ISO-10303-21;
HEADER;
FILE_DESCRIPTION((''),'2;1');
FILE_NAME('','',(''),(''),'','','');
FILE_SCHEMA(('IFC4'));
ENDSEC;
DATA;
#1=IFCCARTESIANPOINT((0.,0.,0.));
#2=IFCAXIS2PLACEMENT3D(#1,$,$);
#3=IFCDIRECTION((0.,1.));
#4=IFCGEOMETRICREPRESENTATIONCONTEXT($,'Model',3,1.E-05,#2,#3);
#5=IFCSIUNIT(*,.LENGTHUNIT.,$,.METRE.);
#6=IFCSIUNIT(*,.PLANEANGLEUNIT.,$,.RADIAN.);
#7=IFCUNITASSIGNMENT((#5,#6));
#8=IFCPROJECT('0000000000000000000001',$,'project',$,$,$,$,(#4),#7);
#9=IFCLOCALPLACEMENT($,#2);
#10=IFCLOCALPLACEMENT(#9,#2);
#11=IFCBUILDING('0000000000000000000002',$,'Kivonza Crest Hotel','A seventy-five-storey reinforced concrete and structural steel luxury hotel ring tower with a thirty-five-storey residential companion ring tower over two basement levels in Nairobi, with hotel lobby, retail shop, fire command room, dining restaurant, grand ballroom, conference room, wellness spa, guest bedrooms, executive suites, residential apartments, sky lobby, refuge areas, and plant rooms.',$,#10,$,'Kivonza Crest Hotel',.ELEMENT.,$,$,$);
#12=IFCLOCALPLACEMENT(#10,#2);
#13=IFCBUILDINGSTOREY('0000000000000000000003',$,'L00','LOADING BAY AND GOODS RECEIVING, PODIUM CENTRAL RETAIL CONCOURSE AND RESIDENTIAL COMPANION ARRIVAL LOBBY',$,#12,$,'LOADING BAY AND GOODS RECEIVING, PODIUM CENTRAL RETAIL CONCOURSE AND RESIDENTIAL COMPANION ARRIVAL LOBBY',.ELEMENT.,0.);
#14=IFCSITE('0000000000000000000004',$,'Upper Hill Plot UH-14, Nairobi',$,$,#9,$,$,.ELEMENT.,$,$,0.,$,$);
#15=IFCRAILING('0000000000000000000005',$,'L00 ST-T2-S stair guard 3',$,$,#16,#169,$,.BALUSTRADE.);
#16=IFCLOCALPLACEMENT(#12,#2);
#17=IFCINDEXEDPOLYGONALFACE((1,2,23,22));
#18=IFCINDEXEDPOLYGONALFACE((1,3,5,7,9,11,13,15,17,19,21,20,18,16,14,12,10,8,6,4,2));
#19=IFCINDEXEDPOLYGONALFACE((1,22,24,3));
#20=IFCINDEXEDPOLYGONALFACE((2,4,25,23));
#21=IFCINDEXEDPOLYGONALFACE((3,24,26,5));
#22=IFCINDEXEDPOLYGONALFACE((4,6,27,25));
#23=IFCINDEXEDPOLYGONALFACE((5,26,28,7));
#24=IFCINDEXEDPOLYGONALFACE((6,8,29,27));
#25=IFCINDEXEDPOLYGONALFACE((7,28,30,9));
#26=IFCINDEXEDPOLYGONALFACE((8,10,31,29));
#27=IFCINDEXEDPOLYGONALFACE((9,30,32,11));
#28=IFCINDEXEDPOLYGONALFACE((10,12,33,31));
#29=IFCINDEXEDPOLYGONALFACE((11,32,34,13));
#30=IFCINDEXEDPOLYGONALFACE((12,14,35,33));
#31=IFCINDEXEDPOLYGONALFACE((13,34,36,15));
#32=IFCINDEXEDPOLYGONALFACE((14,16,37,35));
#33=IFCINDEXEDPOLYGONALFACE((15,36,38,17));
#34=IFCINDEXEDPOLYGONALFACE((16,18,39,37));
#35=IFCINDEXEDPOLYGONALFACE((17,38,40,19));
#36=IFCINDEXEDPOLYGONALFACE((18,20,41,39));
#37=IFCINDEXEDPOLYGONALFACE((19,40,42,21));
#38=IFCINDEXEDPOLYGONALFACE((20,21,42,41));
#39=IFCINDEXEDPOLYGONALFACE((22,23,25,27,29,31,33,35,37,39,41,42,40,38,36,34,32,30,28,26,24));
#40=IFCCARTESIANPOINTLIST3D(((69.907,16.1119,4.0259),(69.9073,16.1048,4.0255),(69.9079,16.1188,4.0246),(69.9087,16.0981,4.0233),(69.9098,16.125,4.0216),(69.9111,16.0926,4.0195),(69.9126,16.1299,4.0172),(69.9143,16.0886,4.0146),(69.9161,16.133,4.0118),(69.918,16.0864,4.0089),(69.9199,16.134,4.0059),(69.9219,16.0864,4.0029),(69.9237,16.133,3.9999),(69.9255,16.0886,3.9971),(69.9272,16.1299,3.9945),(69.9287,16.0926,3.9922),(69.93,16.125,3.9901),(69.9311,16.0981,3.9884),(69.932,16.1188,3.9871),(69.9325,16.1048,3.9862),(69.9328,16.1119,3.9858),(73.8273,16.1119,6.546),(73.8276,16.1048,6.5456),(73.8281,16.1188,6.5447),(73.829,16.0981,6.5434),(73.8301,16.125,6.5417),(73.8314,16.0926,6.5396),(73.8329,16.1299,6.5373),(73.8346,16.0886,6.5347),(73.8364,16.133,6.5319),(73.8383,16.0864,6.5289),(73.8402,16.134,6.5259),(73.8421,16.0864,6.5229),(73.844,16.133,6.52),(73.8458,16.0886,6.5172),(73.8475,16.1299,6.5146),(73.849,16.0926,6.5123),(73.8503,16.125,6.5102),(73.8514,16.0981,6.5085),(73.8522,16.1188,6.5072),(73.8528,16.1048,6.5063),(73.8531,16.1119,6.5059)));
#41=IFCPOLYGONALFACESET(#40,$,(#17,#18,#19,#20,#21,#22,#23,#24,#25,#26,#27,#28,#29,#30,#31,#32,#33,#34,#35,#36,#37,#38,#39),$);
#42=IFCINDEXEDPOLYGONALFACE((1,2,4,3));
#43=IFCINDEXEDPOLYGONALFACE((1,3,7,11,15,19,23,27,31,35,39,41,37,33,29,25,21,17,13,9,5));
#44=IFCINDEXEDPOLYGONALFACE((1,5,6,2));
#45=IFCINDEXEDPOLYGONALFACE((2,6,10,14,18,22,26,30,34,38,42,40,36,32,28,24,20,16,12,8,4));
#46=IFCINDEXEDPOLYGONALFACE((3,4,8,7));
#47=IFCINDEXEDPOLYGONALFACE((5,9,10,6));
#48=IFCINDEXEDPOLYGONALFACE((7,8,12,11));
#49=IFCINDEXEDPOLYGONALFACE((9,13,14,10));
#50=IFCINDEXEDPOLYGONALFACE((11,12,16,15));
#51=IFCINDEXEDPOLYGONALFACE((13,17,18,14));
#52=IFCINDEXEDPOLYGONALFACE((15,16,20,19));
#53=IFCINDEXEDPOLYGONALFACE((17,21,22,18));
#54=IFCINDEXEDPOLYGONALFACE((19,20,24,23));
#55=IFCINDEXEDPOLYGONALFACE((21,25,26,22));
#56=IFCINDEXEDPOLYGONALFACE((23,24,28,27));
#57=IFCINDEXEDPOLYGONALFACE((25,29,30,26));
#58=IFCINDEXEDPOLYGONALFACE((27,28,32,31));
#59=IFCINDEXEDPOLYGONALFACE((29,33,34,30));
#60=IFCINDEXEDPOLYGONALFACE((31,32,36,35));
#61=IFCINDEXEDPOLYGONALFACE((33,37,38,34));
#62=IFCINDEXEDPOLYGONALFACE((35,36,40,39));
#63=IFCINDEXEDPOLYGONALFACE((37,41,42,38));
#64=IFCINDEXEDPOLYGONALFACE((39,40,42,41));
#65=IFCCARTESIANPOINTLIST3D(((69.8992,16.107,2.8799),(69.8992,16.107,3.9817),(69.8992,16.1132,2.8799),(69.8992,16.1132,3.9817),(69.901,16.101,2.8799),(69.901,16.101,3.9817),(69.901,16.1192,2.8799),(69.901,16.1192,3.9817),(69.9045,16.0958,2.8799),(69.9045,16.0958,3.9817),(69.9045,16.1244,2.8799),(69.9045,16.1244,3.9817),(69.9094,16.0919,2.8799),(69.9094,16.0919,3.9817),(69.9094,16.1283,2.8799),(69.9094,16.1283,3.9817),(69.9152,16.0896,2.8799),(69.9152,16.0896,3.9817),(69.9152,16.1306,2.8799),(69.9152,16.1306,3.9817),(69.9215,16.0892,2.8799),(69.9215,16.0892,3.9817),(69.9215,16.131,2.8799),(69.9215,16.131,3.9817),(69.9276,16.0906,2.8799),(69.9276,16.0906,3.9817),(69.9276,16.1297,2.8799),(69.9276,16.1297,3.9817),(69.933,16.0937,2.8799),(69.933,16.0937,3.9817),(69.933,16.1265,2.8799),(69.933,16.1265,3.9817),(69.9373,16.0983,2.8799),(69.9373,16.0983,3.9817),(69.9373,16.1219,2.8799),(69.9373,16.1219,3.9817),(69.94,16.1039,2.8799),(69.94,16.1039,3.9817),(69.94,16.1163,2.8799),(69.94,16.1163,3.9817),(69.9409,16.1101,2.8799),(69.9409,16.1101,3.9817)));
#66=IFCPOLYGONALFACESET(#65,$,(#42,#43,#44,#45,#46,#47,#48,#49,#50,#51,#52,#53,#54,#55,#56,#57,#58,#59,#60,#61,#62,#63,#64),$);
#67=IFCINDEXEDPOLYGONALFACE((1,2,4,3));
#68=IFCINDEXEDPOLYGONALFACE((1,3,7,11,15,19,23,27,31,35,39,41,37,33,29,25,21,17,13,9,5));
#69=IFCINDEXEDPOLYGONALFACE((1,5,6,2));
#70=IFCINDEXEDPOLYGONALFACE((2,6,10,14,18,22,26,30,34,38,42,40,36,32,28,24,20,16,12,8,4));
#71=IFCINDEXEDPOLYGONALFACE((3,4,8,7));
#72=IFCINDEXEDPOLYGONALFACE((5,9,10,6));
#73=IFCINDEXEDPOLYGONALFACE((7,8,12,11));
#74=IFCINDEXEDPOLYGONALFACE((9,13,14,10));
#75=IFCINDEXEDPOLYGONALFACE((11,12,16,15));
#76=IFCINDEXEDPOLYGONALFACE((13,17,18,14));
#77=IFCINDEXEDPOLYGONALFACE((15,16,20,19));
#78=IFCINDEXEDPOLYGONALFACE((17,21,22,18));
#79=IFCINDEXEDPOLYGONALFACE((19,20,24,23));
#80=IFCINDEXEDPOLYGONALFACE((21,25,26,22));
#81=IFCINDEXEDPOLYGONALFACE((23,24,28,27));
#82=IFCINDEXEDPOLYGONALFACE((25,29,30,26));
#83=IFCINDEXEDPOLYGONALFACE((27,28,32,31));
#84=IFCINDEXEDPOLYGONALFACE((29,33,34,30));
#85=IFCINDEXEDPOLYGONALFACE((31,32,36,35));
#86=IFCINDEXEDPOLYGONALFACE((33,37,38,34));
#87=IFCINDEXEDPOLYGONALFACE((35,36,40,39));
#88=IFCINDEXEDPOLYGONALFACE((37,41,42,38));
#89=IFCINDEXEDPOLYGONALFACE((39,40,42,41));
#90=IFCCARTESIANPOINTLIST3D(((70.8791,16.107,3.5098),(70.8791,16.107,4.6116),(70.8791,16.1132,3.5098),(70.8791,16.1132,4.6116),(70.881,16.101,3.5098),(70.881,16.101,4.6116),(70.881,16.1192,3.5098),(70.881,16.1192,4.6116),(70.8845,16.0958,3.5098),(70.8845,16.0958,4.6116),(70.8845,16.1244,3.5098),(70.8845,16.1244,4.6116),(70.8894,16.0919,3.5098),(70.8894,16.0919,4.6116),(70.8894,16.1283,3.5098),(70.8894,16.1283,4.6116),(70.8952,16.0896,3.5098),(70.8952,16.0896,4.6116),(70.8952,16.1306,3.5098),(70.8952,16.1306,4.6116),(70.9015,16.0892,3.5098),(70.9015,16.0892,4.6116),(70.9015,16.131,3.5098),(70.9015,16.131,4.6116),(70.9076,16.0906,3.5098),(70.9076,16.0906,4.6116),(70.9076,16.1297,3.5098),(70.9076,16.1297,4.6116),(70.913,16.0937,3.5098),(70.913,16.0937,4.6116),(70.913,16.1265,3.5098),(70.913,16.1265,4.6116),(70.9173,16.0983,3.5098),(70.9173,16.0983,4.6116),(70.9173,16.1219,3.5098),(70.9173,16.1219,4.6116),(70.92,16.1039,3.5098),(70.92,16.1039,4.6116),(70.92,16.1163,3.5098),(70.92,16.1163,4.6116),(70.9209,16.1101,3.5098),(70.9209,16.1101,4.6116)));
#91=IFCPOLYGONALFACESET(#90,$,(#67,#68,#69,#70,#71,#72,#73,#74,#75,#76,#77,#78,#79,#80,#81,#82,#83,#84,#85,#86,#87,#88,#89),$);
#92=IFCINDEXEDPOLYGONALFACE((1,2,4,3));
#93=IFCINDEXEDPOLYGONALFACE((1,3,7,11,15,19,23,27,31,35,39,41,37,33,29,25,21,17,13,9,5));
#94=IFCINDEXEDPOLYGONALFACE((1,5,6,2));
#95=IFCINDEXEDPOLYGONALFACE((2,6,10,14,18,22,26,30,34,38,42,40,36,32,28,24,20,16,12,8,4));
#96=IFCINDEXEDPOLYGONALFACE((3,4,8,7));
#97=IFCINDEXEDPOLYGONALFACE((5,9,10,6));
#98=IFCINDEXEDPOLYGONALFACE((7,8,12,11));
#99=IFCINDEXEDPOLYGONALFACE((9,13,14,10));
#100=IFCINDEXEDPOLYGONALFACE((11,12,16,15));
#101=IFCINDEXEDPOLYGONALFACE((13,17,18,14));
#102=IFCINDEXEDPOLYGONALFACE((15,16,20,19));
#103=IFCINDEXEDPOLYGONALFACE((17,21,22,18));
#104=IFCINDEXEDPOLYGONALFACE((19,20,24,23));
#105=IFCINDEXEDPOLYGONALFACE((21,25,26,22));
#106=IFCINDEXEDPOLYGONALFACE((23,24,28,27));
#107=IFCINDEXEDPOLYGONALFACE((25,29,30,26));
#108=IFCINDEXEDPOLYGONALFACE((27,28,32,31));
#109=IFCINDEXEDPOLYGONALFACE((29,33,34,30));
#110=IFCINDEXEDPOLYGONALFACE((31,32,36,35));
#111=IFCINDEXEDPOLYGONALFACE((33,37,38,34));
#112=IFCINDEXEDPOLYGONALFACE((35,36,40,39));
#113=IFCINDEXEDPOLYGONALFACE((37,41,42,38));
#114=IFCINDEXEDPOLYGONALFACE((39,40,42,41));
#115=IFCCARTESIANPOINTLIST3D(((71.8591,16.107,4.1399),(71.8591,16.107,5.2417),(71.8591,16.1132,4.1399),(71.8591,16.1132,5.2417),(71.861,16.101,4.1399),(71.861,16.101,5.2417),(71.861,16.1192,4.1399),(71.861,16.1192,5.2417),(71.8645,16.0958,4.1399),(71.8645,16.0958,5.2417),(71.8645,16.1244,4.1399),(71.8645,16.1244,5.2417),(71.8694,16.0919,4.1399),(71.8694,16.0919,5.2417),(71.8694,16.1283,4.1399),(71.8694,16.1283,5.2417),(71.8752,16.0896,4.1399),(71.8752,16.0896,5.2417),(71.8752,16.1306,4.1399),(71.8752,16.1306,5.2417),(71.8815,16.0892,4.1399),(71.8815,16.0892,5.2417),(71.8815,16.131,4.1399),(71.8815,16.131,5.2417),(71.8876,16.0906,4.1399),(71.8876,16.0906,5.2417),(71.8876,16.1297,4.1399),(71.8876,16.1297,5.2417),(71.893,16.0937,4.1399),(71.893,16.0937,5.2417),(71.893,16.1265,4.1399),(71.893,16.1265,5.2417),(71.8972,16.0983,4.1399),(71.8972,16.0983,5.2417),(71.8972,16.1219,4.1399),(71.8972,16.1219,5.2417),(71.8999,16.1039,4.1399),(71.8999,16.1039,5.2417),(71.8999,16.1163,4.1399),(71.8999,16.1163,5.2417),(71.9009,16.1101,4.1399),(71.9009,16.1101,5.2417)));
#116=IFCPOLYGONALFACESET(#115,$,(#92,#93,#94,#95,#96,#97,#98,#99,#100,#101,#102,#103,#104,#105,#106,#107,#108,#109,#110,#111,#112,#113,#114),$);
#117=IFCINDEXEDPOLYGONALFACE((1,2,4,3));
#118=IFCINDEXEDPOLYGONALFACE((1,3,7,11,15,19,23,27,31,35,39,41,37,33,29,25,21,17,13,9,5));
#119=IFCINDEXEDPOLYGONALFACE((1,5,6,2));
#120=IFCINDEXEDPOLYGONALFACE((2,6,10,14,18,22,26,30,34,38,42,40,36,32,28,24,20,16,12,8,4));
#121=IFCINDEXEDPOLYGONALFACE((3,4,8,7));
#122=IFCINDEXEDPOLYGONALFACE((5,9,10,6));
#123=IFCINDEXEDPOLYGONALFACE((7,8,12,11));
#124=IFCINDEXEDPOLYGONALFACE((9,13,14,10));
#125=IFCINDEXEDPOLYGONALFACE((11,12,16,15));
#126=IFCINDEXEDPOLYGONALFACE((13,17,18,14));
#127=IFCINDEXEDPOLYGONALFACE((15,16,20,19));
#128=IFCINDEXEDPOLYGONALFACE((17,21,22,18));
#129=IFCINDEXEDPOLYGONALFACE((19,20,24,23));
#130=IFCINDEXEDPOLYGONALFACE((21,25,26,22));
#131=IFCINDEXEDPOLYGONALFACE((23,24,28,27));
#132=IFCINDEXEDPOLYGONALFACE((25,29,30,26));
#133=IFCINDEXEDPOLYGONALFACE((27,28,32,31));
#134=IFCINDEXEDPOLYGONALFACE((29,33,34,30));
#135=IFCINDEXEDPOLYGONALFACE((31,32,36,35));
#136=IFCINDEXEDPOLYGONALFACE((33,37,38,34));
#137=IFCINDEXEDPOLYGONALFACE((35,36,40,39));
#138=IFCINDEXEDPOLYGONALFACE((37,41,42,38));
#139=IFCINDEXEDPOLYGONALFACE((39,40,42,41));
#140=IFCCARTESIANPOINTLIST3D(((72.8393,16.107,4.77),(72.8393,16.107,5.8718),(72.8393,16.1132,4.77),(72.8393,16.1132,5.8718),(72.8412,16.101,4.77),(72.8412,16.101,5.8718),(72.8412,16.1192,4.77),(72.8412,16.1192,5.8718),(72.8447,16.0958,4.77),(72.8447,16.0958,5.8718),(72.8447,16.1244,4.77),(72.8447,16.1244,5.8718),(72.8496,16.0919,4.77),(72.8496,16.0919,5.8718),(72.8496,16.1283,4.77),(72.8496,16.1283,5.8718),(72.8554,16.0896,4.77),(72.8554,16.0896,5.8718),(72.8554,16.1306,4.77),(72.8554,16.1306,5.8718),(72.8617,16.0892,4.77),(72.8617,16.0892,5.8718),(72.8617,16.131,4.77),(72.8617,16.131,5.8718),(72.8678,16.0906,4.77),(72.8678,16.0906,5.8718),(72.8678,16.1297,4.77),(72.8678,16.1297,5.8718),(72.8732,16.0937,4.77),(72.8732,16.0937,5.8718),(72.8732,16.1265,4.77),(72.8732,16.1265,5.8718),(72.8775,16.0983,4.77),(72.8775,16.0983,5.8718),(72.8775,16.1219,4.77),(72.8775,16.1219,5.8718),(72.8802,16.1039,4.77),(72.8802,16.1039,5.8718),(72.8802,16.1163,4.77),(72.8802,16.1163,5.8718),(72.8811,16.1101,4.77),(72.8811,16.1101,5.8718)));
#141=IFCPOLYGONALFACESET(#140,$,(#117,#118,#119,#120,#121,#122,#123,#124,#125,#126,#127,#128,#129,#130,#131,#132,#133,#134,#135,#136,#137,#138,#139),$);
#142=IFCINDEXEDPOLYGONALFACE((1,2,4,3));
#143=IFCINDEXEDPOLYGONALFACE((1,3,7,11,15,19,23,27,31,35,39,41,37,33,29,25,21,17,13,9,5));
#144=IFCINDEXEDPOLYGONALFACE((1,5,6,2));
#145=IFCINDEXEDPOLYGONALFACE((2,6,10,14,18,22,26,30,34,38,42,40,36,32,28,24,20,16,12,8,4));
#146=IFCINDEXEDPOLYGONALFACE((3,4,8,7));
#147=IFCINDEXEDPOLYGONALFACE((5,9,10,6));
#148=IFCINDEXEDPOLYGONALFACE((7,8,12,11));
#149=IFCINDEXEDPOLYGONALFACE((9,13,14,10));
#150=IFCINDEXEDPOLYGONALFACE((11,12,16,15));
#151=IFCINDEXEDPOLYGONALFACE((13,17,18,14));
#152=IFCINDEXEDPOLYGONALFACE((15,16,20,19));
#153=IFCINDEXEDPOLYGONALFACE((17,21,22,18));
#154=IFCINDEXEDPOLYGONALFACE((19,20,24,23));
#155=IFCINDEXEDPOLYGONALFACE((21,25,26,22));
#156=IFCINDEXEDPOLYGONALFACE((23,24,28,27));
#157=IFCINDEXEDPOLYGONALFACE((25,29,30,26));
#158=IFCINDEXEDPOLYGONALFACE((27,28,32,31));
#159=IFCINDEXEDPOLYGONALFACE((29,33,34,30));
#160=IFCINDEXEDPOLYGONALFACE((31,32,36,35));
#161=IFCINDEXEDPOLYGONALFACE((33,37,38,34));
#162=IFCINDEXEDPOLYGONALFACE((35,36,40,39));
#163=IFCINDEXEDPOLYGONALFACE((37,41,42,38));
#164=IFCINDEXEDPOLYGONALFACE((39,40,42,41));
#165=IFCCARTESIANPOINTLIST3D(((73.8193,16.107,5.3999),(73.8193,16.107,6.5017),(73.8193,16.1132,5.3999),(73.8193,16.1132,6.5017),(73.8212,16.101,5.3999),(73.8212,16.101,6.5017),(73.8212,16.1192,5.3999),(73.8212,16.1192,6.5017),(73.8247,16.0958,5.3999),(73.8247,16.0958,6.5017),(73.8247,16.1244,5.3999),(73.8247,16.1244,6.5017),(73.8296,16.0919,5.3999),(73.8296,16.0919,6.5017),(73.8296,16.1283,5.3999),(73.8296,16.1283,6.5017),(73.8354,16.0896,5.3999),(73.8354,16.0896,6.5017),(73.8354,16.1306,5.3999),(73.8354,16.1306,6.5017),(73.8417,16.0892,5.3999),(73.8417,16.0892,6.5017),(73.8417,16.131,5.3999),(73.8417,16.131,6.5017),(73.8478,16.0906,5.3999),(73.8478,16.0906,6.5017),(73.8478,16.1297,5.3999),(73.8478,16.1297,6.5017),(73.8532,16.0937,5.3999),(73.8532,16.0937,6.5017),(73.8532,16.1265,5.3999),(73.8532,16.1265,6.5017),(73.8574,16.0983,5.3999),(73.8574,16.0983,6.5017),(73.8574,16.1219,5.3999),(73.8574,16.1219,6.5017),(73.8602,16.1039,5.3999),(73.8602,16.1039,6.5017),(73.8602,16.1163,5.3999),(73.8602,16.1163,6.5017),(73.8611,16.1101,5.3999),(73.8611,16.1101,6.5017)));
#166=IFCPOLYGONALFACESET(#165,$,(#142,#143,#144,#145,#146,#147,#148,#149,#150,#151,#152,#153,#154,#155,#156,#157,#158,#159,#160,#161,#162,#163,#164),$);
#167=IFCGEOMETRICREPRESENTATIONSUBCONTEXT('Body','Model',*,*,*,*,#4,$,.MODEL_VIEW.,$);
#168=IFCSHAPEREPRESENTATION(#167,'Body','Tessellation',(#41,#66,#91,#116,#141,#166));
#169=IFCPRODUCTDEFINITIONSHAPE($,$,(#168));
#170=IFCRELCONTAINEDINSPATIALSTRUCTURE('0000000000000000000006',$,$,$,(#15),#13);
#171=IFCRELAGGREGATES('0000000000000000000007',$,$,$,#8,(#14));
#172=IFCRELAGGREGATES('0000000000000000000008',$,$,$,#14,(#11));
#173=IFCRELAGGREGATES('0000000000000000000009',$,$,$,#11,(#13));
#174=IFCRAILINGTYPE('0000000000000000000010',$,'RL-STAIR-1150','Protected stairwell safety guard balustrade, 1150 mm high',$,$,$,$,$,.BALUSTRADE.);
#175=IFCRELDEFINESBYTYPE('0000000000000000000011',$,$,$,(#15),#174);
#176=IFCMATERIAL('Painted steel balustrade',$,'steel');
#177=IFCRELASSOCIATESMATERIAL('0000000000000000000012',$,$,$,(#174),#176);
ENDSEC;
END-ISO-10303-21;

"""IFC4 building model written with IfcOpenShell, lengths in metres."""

from ifc_helpers import new_model, si_unit, direction, frame, origin, origin_2d, place, context, subcontext, project, spatial, circle, extrude, material, type_object, element, save


model = new_model("IFC4")

# Units and contexts
model_context = context("Model", 3, precision=1e-05, world=origin(), true_north=direction((0.0, 1.0)))
body_context = subcontext(model_context, "Body", "Model", "MODEL_VIEW")
ifc_project = project(units=[si_unit("LENGTHUNIT", "METRE"), si_unit("PLANEANGLEUNIT", "RADIAN")], contexts=[model_context])

# Site, building, storey
site_placement = place(None, origin())
site = spatial("IfcSite", under=ifc_project, at=site_placement, Name="Upper Hill Plot UH-14, Nairobi", CompositionType="ELEMENT", RefElevation=0.0)
building_placement = place(site_placement, origin())
building = spatial("IfcBuilding", under=site, at=building_placement, Name="Kivonza Crest Hotel", Description="A seventy-five-storey reinforced concrete and structural steel luxury hotel ring tower with a thirty-five-storey residential companion ring tower over two basement levels in Nairobi, with hotel lobby, retail shop, fire command room, dining restaurant, grand ballroom, conference room, wellness spa, guest bedrooms, executive suites, residential apartments, sky lobby, refuge areas, and plant rooms.", LongName="Kivonza Crest Hotel", CompositionType="ELEMENT")
storey_placement = place(building_placement, origin())
storey = spatial("IfcBuildingStorey", under=building, at=storey_placement, Name="L00", Description="LOADING BAY AND GOODS RECEIVING, PODIUM CENTRAL RETAIL CONCOURSE AND RESIDENTIAL COMPANION ARRIVAL LOBBY", LongName="LOADING BAY AND GOODS RECEIVING, PODIUM CENTRAL RETAIL CONCOURSE AND RESIDENTIAL COMPANION ARRIVAL LOBBY", CompositionType="ELEMENT", Elevation=0.0)

# Railing
ifc_material_1 = material(Name="Painted steel balustrade", Category="steel")
railing_type_1 = type_object("IfcRailingType", Name="RL-STAIR-1150", Description="Protected stairwell safety guard balustrade, 1150 mm high", PredefinedType="BALUSTRADE", material=ifc_material_1)
railing_1_placement = place(storey_placement, frame((69.9199, 16.1101, 2.8799)))
element("IfcRailing", 1, at=railing_1_placement, inside=storey, type_object=railing_type_1, Name="L00 ST-T2-S stair guard 3", PredefinedType="BALUSTRADE", context=body_context, shape_type="SweptSolid", body=[
    extrude(circle(Radius=0.0239, at=origin_2d()), frame((0.0, 0.0, 1.126), z_axis=(0.841187, 0.0, 0.540744), x_axis=(0.0, 1.0, 0.0)), (0.0, 0.0, 1.0), 4.6604),
    extrude(circle(Radius=0.021, at=origin_2d()), origin(), (0.0, 0.0, 1.0), 1.1018),
    extrude(circle(Radius=0.021, at=origin_2d()), frame((0.98, 0.0, 0.6299)), (0.0, 0.0, 1.0), 1.1018),
    extrude(circle(Radius=0.021, at=origin_2d()), frame((1.96, 0.0, 1.26)), (0.0, 0.0, 1.0), 1.1018),
    extrude(circle(Radius=0.021, at=origin_2d()), frame((2.9402, 0.0, 1.8901)), (0.0, 0.0, 1.0), 1.1018),
    extrude(circle(Radius=0.021, at=origin_2d()), frame((3.9202, 0.0, 2.52)), (0.0, 0.0, 1.0), 1.1018),
])

save(model, "model.ifc")
